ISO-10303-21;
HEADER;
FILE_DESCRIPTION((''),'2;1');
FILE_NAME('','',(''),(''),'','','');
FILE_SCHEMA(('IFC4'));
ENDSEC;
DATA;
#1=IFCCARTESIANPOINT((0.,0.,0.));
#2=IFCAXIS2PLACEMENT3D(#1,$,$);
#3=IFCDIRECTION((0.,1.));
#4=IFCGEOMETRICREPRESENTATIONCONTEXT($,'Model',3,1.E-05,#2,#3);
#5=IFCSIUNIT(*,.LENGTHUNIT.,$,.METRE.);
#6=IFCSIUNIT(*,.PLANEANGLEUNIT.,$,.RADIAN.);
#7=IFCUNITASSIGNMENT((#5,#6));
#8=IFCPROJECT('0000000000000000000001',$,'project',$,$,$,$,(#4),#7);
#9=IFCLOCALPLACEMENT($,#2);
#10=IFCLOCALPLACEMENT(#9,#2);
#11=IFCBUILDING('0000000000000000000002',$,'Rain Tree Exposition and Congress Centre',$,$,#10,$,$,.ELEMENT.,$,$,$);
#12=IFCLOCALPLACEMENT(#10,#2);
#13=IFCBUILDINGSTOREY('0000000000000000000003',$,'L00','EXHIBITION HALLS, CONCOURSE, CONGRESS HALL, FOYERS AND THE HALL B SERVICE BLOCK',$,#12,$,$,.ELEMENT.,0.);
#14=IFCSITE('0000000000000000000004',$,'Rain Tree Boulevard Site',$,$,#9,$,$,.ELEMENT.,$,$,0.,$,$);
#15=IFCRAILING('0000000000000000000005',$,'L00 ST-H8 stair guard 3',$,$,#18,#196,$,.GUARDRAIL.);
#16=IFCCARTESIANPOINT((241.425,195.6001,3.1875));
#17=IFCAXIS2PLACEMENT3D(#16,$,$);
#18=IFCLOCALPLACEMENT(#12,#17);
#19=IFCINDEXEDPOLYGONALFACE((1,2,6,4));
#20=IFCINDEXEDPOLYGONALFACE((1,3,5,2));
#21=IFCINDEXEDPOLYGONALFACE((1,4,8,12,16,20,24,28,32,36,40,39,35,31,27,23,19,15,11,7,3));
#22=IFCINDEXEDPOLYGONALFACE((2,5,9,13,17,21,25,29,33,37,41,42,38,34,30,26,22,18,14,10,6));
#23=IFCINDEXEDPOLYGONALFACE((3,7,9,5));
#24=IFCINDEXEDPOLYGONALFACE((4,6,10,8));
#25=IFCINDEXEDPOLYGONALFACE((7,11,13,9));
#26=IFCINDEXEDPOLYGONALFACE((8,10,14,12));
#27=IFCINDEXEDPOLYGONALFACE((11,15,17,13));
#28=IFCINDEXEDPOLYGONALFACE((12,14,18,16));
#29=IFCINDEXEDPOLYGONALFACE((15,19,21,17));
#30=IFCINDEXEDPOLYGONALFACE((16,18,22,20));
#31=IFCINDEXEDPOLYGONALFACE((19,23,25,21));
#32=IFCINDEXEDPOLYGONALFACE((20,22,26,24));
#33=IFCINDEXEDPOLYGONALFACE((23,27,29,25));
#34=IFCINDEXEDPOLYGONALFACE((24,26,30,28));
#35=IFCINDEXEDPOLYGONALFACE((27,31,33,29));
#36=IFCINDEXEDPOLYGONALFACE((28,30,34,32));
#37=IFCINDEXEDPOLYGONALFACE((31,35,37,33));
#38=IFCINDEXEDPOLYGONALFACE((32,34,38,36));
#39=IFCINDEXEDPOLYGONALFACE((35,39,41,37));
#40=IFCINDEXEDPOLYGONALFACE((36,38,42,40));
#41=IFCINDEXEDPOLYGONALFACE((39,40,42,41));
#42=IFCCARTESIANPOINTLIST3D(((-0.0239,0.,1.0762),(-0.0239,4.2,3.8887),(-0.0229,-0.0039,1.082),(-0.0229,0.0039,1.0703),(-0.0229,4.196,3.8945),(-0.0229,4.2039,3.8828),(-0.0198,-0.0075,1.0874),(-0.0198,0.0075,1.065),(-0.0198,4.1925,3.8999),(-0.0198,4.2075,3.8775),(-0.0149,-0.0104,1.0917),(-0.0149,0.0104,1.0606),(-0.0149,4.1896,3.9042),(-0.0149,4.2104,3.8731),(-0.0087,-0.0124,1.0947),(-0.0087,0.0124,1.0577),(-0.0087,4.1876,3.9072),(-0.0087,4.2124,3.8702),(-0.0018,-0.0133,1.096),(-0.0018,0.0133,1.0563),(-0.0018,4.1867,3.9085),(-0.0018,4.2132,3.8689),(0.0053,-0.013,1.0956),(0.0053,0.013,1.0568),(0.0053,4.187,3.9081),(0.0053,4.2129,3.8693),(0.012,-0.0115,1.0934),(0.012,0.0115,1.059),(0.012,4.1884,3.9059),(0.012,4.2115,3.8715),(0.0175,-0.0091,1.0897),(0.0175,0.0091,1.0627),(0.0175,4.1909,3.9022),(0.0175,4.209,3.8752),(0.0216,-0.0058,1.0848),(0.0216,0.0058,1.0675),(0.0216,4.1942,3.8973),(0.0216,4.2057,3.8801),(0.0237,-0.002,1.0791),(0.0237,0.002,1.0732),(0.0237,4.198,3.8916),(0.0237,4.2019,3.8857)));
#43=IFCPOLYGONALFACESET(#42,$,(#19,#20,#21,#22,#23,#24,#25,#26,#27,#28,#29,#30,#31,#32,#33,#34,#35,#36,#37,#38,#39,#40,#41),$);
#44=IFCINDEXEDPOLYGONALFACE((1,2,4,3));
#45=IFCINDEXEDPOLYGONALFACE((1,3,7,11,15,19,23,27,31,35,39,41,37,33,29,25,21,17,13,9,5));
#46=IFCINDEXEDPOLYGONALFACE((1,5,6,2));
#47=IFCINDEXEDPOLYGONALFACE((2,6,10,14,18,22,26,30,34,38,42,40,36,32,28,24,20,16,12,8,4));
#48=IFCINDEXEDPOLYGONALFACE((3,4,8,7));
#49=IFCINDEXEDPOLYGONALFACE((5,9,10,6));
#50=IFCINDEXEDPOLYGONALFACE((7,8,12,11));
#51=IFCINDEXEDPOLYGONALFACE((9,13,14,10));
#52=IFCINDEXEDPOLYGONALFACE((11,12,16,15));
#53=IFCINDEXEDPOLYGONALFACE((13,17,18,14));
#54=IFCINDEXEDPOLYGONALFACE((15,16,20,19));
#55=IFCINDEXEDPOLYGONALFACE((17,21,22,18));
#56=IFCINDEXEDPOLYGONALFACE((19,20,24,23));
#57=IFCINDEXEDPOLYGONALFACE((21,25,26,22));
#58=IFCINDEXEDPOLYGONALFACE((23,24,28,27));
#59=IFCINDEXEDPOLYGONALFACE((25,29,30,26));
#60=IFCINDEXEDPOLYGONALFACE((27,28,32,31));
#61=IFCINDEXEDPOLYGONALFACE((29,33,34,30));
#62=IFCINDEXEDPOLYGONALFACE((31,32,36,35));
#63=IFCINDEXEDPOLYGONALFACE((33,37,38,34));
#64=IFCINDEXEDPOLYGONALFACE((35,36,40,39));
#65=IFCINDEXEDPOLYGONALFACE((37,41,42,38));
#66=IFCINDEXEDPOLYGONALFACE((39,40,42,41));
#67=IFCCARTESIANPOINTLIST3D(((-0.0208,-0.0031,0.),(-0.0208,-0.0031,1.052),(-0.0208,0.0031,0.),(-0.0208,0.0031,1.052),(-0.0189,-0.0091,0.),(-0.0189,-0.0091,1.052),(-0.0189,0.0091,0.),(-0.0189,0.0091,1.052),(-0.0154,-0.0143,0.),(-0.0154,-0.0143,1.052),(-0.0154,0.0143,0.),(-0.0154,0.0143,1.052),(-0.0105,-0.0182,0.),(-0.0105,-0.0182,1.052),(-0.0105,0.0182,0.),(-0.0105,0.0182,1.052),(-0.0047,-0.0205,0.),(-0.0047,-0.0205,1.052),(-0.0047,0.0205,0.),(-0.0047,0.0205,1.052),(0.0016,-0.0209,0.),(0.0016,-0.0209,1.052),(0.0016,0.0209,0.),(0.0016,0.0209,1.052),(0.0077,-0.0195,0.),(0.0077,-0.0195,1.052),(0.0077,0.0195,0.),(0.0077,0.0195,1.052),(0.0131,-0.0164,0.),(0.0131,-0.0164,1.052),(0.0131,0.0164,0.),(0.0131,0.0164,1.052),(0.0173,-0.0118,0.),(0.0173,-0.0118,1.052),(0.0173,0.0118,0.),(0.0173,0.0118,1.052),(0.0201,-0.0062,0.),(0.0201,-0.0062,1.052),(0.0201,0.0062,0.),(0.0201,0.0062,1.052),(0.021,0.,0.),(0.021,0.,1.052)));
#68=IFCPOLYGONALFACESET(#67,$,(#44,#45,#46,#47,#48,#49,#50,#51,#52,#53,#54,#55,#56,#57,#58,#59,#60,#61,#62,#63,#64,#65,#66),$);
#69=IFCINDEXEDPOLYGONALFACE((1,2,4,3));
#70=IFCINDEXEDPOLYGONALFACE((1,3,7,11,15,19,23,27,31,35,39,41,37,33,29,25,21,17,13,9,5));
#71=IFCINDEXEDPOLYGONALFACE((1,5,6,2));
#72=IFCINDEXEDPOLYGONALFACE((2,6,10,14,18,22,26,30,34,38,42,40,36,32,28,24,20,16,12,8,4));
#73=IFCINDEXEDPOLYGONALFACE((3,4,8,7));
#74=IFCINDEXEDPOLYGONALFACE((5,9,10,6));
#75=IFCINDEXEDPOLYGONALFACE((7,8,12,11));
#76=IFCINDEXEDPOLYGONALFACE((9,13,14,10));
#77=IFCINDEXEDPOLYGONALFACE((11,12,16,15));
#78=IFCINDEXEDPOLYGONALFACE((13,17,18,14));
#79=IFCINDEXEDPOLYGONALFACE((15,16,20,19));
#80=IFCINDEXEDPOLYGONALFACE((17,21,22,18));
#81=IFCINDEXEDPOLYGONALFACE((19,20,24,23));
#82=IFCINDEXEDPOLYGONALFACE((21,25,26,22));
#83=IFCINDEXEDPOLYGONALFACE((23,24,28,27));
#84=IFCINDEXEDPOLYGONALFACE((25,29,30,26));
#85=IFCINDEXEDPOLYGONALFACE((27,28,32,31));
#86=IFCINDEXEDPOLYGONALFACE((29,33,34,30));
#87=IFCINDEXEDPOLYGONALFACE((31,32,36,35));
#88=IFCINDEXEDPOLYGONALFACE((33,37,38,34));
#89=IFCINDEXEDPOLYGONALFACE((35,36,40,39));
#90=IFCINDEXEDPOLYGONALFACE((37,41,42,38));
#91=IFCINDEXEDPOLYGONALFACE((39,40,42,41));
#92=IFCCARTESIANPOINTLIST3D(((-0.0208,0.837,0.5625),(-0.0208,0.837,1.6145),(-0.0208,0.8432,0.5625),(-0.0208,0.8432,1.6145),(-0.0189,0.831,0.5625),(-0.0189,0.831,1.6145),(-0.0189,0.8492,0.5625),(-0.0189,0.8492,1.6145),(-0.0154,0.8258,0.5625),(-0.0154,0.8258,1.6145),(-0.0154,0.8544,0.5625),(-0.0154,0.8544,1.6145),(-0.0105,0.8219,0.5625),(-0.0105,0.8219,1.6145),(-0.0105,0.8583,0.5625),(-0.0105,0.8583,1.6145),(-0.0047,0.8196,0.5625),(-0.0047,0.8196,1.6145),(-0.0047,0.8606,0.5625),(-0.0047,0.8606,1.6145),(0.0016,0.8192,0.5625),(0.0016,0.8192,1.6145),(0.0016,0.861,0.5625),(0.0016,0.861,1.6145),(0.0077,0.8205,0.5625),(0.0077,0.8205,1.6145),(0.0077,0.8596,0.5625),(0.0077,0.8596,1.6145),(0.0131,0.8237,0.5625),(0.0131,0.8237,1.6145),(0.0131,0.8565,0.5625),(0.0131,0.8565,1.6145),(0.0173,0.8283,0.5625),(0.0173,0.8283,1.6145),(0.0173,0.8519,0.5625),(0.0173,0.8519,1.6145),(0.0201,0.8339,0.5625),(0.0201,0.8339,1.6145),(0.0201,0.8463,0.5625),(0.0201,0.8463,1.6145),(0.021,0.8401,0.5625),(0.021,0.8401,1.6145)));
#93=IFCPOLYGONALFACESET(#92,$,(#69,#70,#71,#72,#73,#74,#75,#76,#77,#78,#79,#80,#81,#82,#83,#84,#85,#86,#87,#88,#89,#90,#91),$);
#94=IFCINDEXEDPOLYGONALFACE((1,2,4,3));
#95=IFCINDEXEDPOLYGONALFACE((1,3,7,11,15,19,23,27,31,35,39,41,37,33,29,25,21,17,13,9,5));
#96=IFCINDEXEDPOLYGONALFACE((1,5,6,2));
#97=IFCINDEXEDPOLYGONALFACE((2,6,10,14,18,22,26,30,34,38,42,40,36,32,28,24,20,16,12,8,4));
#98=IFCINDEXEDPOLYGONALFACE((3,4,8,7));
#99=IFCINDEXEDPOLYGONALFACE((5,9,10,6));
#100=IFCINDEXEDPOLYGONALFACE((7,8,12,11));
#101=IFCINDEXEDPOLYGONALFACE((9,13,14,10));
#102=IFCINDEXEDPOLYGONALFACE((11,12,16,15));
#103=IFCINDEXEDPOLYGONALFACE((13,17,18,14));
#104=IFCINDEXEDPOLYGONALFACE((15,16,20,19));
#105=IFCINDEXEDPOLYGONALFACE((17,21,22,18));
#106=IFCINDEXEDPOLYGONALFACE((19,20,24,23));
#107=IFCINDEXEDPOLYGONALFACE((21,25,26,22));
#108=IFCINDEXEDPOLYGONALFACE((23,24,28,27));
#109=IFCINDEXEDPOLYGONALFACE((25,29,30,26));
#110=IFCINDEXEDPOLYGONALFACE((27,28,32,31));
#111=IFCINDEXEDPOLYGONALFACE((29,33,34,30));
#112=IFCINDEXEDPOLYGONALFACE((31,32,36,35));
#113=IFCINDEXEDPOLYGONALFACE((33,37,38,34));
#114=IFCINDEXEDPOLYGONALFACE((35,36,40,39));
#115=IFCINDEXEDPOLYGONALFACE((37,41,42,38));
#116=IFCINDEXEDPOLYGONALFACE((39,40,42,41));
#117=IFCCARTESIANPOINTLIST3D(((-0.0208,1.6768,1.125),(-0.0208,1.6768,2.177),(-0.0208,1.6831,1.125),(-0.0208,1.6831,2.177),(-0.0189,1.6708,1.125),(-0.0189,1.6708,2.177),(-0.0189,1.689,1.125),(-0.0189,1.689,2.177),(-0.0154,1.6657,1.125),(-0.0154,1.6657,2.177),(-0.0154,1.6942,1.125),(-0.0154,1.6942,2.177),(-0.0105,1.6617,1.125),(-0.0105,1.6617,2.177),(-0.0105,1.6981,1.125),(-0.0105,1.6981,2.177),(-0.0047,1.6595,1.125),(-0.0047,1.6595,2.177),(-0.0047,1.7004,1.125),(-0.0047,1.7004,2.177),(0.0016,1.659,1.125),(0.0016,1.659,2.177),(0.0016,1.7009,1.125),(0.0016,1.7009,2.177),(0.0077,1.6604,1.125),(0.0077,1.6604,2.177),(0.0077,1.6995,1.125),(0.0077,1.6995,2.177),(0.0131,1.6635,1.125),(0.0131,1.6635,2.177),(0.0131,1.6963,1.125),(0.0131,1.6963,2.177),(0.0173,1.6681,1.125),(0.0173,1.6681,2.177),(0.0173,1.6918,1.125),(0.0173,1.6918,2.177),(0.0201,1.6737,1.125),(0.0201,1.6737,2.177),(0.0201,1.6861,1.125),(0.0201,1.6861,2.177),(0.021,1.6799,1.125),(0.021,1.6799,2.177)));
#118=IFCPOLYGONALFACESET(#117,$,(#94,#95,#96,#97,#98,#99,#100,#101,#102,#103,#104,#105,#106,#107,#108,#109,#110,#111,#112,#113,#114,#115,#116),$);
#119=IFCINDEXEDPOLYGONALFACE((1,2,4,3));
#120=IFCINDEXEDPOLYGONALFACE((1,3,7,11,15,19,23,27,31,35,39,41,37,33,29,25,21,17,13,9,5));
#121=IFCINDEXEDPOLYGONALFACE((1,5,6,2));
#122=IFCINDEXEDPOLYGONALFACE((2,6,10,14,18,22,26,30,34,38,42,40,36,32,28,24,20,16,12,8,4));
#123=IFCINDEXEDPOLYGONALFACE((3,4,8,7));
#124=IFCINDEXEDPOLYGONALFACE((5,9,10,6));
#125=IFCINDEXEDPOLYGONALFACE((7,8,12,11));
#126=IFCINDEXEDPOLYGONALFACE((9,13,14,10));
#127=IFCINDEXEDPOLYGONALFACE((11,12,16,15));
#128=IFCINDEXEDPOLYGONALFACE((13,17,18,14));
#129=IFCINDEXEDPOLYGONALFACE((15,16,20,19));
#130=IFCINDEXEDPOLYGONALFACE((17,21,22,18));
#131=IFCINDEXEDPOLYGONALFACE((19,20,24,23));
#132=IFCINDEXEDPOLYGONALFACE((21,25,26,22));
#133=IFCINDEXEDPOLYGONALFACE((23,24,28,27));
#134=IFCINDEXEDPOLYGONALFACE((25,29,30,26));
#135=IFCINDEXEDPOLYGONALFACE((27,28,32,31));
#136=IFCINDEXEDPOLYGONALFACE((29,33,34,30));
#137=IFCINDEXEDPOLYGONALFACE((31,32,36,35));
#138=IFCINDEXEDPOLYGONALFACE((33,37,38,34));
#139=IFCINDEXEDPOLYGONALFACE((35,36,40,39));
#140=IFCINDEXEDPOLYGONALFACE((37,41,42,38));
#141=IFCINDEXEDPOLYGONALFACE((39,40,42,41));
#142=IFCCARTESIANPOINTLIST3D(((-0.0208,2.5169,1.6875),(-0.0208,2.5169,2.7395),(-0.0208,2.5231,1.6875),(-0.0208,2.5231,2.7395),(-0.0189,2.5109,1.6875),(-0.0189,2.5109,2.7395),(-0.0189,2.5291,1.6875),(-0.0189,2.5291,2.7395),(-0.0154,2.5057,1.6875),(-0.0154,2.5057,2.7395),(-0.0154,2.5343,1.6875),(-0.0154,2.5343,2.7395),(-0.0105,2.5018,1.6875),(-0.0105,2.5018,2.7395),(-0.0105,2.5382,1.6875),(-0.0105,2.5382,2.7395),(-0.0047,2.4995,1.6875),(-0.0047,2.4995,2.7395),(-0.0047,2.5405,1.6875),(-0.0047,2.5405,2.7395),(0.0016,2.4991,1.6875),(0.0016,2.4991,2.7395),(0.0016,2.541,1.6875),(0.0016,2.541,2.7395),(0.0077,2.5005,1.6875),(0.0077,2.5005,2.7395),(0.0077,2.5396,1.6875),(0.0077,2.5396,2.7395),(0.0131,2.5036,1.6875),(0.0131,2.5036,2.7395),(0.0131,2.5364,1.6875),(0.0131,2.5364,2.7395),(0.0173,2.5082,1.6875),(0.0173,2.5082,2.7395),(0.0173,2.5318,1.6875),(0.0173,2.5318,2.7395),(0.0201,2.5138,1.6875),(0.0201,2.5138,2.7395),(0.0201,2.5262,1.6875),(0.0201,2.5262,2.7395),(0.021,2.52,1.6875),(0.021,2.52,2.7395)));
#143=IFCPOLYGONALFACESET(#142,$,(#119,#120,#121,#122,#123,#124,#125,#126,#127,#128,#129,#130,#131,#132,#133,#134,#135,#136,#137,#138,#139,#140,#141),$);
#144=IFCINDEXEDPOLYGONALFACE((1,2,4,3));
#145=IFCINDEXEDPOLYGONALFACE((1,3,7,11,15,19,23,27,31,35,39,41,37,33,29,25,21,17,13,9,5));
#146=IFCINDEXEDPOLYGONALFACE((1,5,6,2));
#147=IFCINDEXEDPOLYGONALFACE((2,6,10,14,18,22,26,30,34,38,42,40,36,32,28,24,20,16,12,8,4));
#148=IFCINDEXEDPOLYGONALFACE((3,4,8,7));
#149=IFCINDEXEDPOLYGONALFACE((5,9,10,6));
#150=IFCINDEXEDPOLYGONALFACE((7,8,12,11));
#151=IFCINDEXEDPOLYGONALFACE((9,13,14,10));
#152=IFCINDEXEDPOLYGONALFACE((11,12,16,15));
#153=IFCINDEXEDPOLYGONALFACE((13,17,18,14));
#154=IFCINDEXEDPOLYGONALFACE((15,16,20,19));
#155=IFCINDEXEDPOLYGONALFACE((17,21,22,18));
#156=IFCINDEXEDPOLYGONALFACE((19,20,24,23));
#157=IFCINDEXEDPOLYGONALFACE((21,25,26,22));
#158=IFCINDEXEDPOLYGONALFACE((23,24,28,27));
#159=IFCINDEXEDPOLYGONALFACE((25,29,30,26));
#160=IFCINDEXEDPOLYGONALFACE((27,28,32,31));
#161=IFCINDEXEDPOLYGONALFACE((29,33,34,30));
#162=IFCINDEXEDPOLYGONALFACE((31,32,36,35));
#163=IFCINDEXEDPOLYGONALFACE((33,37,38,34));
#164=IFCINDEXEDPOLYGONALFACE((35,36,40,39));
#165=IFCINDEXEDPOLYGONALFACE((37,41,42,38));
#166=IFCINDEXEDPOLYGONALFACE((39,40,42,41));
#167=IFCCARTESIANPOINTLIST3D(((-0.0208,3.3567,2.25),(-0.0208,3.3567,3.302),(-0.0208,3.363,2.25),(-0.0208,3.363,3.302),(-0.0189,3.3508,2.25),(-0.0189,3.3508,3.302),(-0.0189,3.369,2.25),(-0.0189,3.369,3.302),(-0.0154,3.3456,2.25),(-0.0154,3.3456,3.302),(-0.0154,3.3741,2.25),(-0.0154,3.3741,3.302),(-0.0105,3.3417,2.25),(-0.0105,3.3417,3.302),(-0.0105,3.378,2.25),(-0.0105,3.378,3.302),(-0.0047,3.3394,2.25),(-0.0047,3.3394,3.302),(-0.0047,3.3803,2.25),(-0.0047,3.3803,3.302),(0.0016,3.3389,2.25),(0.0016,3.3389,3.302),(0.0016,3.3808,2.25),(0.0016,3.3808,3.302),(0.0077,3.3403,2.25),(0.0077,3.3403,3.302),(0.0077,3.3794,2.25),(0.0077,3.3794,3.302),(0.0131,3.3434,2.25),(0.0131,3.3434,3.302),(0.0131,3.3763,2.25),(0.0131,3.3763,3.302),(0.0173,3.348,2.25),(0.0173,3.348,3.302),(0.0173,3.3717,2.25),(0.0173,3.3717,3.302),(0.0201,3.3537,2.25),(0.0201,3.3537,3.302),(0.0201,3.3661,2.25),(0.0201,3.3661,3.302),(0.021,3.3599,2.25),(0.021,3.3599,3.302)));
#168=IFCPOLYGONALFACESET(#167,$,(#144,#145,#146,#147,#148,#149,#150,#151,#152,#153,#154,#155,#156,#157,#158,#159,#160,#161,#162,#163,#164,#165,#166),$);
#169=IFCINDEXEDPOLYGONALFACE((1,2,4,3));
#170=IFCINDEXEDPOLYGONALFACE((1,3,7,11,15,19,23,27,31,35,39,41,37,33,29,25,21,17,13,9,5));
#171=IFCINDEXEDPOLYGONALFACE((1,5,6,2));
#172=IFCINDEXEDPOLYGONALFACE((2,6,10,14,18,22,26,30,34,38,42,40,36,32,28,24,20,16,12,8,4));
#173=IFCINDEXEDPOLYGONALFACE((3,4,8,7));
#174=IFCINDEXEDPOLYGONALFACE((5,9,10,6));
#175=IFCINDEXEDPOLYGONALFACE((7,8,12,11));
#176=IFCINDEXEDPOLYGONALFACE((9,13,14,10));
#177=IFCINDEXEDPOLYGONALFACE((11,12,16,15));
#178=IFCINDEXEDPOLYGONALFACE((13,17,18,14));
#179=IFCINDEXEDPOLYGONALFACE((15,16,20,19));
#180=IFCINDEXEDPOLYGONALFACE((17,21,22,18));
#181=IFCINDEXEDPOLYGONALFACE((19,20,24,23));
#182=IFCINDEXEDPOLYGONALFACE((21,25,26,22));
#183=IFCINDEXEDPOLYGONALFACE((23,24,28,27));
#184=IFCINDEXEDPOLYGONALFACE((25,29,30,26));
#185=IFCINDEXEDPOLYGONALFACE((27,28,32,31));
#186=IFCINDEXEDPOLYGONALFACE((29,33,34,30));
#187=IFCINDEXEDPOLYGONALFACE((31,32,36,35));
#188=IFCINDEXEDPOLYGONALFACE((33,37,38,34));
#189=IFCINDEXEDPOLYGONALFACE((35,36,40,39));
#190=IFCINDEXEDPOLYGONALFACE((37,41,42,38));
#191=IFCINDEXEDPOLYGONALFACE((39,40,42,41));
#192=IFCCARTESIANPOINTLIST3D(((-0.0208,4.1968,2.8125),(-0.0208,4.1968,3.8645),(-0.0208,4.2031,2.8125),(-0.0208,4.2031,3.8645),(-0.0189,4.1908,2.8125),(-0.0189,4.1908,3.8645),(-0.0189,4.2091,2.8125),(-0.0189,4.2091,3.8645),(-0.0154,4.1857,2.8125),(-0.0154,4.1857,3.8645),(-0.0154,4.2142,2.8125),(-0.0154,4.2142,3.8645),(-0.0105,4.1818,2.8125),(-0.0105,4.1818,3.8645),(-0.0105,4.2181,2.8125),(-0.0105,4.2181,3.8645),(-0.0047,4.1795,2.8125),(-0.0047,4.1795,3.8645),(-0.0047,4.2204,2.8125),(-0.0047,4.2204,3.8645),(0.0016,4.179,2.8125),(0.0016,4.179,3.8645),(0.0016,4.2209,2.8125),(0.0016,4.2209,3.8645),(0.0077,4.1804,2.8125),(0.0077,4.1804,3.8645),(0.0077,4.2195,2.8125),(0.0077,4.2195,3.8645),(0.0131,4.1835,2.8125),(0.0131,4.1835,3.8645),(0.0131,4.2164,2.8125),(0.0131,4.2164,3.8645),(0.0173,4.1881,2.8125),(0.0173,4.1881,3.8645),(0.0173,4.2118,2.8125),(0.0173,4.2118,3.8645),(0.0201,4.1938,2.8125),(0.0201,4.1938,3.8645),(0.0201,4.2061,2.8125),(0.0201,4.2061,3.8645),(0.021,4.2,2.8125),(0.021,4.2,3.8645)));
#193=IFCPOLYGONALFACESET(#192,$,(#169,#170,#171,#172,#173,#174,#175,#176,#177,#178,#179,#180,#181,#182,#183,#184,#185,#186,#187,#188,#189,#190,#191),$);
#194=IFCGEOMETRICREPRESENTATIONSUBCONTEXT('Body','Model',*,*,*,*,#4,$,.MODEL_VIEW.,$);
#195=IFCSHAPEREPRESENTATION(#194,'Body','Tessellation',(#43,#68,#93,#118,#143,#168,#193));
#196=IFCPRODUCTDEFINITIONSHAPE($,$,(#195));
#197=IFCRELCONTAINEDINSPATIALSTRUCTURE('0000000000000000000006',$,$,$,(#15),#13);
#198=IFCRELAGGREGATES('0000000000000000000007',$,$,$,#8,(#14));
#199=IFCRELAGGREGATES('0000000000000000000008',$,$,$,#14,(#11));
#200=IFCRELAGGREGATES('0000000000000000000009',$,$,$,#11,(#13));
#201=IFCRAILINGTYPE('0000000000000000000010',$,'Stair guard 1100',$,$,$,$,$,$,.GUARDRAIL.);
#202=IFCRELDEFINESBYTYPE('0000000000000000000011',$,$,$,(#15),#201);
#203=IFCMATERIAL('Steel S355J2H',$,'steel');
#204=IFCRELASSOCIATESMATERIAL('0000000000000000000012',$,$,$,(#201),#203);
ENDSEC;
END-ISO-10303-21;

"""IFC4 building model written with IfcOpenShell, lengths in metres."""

from ifc_helpers import new_model, si_unit, direction, frame, origin, origin_2d, place, context, subcontext, project, spatial, circle, extrude, material, type_object, element, save


model = new_model("IFC4")

# Units and contexts
model_context = context("Model", 3, precision=1e-05, world=origin(), true_north=direction((0.0, 1.0)))
body_context = subcontext(model_context, "Body", "Model", "MODEL_VIEW")
ifc_project = project(units=[si_unit("LENGTHUNIT", "METRE"), si_unit("PLANEANGLEUNIT", "RADIAN")], contexts=[model_context])

# Site, building, storey
site_placement = place(None, origin())
site = spatial("IfcSite", under=ifc_project, at=site_placement, Name="Rain Tree Boulevard Site", CompositionType="ELEMENT", RefElevation=0.0)
building_placement = place(site_placement, origin())
building = spatial("IfcBuilding", under=site, at=building_placement, Name="Rain Tree Exposition and Congress Centre", CompositionType="ELEMENT")
storey_placement = place(building_placement, origin())
storey = spatial("IfcBuildingStorey", under=building, at=storey_placement, Name="L00", Description="EXHIBITION HALLS, CONCOURSE, CONGRESS HALL, FOYERS AND THE HALL B SERVICE BLOCK", CompositionType="ELEMENT", Elevation=0.0)

# Railing
ifc_material_1 = material(Name="Steel S355J2H", Category="steel")
railing_type_1 = type_object("IfcRailingType", Name="Stair guard 1100", PredefinedType="GUARDRAIL", material=ifc_material_1)
railing_1_placement = place(storey_placement, frame((241.425, 195.6001, 3.1875)))
element("IfcRailing", 1, at=railing_1_placement, inside=storey, type_object=railing_type_1, Name="L00 ST-H8 stair guard 3", PredefinedType="GUARDRAIL", context=body_context, shape_type="SweptSolid", body=[
    extrude(circle(Radius=0.0239, at=origin_2d()), frame((0.0, 0.0, 1.0762), z_axis=(0.0, 0.830904, 0.556416), x_axis=(-1.0, 0.0, 0.0)), (0.0, 0.0, 1.0), 5.0547),
    extrude(circle(Radius=0.021, at=origin_2d()), origin(), (0.0, 0.0, 1.0), 1.052),
    extrude(circle(Radius=0.021, at=origin_2d()), frame((0.0, 0.8401, 0.5625)), (0.0, 0.0, 1.0), 1.052),
    extrude(circle(Radius=0.021, at=origin_2d()), frame((0.0, 1.6799, 1.125)), (0.0, 0.0, 1.0), 1.052),
    extrude(circle(Radius=0.021, at=origin_2d()), frame((0.0, 2.52, 1.6875)), (0.0, 0.0, 1.0), 1.052),
    extrude(circle(Radius=0.021, at=origin_2d()), frame((0.0, 3.3599, 2.25)), (0.0, 0.0, 1.0), 1.052),
    extrude(circle(Radius=0.021, at=origin_2d()), frame((0.0, 4.2, 2.8125)), (0.0, 0.0, 1.0), 1.052),
])

save(model, "model.ifc")
